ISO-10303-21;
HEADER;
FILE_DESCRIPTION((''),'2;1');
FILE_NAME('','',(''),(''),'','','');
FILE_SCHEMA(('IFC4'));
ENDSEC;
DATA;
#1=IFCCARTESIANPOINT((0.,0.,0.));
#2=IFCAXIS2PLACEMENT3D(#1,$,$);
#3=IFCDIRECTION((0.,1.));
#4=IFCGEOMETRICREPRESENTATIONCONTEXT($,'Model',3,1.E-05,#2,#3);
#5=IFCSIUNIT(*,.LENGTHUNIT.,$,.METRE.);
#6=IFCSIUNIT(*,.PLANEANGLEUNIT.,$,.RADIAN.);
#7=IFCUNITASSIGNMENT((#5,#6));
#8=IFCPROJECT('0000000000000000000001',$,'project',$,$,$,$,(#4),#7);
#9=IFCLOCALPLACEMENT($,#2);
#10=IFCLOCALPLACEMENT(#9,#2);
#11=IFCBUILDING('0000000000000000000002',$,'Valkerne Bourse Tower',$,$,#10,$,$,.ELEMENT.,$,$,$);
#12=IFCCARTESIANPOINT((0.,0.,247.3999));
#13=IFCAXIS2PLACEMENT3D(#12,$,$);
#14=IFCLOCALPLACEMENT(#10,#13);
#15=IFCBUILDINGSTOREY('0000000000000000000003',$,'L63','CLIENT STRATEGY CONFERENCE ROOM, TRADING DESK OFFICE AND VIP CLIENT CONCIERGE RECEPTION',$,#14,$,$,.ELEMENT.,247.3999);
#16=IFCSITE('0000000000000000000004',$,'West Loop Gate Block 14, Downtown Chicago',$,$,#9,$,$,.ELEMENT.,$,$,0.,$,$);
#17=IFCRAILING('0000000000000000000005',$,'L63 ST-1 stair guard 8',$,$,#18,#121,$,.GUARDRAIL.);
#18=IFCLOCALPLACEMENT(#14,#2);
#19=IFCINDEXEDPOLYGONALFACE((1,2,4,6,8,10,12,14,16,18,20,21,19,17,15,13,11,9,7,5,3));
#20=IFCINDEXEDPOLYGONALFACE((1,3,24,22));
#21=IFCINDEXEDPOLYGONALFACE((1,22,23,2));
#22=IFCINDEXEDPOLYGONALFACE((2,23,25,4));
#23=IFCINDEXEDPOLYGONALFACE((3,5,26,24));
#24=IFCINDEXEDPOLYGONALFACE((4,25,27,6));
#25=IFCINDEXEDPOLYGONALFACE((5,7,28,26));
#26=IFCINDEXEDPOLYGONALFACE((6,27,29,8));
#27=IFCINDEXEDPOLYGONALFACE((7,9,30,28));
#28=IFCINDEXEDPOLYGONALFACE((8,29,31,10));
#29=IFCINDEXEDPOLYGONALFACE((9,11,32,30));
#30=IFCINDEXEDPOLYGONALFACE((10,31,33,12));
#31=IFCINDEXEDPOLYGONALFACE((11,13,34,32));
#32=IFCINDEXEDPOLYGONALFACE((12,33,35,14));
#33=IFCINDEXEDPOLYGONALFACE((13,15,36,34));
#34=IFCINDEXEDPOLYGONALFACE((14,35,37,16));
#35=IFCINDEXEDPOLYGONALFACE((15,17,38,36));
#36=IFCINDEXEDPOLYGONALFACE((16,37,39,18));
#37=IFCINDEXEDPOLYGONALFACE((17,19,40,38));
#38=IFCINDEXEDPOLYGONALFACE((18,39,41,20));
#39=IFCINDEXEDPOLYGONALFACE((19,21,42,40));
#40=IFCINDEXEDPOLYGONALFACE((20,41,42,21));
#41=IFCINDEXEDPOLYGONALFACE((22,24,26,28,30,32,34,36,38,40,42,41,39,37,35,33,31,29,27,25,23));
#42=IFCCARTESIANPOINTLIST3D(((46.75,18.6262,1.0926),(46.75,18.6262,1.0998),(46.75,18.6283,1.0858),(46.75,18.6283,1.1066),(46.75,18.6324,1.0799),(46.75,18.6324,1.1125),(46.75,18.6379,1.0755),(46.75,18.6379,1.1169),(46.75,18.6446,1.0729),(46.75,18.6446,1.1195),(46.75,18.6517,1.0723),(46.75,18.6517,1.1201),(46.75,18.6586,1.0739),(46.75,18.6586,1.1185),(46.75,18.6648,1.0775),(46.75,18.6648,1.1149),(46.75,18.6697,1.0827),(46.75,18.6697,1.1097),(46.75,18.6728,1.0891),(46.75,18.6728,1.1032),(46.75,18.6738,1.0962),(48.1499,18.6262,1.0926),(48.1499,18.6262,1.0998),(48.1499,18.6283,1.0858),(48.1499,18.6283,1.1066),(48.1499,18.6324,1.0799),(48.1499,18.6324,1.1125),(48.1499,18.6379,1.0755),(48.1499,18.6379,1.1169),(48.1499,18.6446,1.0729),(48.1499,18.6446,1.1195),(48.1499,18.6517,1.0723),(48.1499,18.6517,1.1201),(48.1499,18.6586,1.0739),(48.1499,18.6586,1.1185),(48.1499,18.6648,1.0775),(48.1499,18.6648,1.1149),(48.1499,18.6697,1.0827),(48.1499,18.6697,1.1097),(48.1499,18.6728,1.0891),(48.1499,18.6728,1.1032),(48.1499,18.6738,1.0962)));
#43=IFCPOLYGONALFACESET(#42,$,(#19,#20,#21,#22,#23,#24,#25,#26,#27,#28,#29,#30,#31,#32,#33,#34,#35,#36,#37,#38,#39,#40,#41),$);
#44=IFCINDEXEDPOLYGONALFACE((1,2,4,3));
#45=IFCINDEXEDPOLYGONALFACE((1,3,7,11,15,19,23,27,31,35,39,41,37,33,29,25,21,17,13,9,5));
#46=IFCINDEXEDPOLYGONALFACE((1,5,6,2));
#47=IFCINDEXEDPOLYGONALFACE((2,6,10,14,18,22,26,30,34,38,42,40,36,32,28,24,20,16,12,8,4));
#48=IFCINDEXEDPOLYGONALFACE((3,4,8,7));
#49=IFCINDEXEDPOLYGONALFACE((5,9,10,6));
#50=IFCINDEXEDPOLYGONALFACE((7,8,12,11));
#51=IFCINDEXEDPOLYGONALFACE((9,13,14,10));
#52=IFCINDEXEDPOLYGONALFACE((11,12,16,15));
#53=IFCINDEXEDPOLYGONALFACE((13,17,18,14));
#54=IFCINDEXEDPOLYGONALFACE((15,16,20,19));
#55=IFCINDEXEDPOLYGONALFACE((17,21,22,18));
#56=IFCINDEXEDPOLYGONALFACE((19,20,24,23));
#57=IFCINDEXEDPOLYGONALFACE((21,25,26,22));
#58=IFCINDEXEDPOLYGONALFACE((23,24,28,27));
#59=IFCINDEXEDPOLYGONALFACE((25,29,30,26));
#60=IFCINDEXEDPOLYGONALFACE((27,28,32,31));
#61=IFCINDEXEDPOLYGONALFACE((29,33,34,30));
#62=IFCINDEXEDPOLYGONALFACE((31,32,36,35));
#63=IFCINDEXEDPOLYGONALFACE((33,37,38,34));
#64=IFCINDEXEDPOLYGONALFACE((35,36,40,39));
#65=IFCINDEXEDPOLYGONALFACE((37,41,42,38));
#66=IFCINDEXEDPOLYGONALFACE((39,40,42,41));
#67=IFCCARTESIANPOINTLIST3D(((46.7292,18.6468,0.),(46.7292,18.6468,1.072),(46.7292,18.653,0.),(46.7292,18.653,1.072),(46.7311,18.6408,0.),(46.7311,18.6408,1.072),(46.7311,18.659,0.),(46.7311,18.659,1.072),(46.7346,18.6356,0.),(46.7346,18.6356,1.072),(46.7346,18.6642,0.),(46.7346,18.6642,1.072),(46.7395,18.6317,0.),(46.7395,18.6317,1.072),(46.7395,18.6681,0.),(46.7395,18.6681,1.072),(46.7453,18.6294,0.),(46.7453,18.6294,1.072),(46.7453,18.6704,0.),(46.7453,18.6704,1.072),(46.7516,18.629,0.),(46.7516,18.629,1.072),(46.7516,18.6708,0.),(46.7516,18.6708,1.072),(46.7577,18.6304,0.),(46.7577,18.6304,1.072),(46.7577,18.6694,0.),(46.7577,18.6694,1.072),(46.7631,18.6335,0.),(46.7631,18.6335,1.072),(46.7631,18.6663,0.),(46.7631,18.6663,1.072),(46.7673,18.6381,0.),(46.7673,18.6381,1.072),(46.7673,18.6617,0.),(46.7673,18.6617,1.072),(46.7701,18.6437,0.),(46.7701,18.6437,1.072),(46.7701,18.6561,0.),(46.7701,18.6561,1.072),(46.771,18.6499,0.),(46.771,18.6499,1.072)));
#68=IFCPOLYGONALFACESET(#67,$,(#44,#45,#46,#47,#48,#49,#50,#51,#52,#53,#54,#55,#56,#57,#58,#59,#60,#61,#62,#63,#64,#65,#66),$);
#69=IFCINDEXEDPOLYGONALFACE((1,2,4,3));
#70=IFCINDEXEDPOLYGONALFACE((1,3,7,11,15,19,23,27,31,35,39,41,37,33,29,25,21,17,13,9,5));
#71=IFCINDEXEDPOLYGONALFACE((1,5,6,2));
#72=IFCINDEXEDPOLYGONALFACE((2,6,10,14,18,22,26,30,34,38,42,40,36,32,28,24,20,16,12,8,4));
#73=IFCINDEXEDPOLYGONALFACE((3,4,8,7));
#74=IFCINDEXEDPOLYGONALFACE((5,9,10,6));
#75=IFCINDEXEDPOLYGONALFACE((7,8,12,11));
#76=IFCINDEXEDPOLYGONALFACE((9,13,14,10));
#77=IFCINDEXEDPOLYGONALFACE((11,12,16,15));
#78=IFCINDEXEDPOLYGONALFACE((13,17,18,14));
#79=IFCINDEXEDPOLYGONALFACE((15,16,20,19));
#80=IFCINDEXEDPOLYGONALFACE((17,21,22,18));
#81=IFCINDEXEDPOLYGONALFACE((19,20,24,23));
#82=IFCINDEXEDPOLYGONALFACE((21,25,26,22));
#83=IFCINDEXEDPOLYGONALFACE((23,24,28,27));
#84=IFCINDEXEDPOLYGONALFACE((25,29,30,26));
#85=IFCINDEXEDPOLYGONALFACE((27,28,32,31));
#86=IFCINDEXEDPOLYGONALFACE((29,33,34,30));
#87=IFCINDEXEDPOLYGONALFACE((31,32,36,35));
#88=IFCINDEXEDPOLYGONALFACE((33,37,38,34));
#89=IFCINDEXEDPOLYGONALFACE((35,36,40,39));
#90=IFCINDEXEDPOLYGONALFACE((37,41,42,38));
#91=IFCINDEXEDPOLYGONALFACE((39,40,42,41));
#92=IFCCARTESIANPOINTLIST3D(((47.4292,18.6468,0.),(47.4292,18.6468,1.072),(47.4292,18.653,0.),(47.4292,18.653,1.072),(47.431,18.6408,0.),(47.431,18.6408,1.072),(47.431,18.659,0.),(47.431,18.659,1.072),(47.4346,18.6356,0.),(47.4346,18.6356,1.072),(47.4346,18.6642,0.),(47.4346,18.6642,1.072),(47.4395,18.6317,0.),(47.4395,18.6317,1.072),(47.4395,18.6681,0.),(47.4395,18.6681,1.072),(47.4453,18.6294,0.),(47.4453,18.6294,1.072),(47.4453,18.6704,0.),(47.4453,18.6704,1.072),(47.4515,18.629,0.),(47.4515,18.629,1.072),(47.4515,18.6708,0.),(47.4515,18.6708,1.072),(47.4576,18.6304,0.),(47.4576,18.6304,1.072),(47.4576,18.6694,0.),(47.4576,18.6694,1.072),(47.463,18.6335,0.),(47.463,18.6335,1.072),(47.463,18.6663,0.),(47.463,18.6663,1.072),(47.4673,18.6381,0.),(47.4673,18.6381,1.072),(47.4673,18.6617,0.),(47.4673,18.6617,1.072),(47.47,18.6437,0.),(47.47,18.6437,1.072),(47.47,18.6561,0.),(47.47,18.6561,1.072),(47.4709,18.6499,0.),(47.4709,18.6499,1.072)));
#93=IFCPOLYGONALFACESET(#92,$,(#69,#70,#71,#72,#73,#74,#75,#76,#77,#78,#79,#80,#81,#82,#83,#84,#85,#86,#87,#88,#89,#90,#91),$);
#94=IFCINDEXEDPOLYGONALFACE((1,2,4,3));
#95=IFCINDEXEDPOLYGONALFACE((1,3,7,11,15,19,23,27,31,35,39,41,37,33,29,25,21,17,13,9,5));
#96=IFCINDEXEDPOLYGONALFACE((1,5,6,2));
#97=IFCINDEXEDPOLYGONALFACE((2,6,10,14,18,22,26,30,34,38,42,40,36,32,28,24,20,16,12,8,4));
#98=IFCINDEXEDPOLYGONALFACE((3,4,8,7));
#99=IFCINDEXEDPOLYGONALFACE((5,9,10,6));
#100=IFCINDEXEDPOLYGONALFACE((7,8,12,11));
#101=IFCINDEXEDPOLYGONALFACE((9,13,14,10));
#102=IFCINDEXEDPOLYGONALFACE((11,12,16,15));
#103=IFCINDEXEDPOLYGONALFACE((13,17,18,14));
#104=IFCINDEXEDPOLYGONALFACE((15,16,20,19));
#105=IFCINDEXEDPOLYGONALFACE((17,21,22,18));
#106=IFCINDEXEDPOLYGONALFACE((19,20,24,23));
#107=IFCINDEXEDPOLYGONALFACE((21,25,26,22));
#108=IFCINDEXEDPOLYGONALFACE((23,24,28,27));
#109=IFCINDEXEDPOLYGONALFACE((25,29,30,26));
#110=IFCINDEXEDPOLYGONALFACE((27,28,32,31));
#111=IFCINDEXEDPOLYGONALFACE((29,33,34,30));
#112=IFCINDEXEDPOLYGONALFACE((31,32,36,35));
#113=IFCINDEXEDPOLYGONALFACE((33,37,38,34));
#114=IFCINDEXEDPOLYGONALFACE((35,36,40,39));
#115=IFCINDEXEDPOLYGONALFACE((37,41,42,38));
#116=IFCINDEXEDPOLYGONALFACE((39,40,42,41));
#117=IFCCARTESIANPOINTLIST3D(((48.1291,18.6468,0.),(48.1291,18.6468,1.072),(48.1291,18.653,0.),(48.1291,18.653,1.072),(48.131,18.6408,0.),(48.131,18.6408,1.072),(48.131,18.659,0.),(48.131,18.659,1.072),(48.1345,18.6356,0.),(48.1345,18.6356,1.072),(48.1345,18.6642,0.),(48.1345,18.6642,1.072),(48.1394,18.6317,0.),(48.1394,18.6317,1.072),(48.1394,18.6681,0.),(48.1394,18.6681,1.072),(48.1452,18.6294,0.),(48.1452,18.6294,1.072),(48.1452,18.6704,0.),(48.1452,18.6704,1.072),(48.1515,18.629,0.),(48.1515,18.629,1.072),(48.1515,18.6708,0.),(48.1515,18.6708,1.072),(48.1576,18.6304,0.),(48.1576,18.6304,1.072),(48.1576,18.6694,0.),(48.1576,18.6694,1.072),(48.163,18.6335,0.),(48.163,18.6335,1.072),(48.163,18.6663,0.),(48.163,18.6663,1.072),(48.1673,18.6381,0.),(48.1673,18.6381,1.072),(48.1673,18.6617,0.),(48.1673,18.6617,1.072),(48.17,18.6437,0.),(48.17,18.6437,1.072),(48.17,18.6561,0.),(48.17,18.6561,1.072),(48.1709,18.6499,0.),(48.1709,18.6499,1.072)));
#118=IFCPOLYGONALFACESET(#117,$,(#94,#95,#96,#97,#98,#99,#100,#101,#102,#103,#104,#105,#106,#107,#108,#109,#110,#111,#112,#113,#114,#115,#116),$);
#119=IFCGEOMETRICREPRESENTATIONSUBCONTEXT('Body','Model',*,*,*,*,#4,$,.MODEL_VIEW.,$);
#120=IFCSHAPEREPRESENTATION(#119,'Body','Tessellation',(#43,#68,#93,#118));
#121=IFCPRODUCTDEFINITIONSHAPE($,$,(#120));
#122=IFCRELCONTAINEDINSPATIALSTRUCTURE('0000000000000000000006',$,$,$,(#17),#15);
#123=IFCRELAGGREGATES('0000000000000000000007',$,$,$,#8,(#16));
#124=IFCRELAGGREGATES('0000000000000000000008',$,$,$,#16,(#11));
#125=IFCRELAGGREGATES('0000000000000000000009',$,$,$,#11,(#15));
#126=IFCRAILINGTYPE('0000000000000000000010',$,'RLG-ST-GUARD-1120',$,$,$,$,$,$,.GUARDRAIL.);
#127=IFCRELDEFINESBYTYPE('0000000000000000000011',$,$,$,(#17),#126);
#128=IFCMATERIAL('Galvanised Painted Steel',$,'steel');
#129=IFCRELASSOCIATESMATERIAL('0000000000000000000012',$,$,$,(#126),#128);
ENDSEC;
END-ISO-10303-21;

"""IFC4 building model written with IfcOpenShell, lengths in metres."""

from ifc_helpers import new_model, si_unit, direction, frame, origin, origin_2d, place, context, subcontext, project, spatial, circle, extrude, material, type_object, element, save


model = new_model("IFC4")

# Units and contexts
model_context = context("Model", 3, precision=1e-05, world=origin(), true_north=direction((0.0, 1.0)))
body_context = subcontext(model_context, "Body", "Model", "MODEL_VIEW")
ifc_project = project(units=[si_unit("LENGTHUNIT", "METRE"), si_unit("PLANEANGLEUNIT", "RADIAN")], contexts=[model_context])

# Site, building, storey
site_placement = place(None, origin())
site = spatial("IfcSite", under=ifc_project, at=site_placement, Name="West Loop Gate Block 14, Downtown Chicago", CompositionType="ELEMENT", RefElevation=0.0)
building_placement = place(site_placement, origin())
building = spatial("IfcBuilding", under=site, at=building_placement, Name="Valkerne Bourse Tower", CompositionType="ELEMENT")
storey_placement = place(building_placement, frame((0.0, 0.0, 247.3999)))
storey = spatial("IfcBuildingStorey", under=building, at=storey_placement, Name="L63", Description="CLIENT STRATEGY CONFERENCE ROOM, TRADING DESK OFFICE AND VIP CLIENT CONCIERGE RECEPTION", CompositionType="ELEMENT", Elevation=247.3999)

# Shared definitions
ifc_material_1 = material(Name="Galvanised Painted Steel", Category="steel")

# Railing
railing_type_1 = type_object("IfcRailingType", Name="RLG-ST-GUARD-1120", PredefinedType="GUARDRAIL", material=ifc_material_1)
railing_1_placement = place(storey_placement, frame((46.75, 18.6499, 0.0)))
element("IfcRailing", 1, at=railing_1_placement, inside=storey, type_object=railing_type_1, Name="L63 ST-1 stair guard 8", PredefinedType="GUARDRAIL", context=body_context, shape_type="SweptSolid", body=[
    extrude(circle(Radius=0.0239, at=origin_2d()), frame((0.0, 0.0, 1.0962), z_axis=(1.0, 0.0, 0.0), x_axis=(0.0, 1.0, 0.0)), (0.0, 0.0, 1.0), 1.3999),
    extrude(circle(Radius=0.021, at=origin_2d()), origin(), (0.0, 0.0, 1.0), 1.072),
    extrude(circle(Radius=0.021, at=origin_2d()), frame((0.7, 0.0, 0.0)), (0.0, 0.0, 1.0), 1.072),
    extrude(circle(Radius=0.021, at=origin_2d()), frame((1.3999, 0.0, 0.0)), (0.0, 0.0, 1.0), 1.072),
])

save(model, "model.ifc")
